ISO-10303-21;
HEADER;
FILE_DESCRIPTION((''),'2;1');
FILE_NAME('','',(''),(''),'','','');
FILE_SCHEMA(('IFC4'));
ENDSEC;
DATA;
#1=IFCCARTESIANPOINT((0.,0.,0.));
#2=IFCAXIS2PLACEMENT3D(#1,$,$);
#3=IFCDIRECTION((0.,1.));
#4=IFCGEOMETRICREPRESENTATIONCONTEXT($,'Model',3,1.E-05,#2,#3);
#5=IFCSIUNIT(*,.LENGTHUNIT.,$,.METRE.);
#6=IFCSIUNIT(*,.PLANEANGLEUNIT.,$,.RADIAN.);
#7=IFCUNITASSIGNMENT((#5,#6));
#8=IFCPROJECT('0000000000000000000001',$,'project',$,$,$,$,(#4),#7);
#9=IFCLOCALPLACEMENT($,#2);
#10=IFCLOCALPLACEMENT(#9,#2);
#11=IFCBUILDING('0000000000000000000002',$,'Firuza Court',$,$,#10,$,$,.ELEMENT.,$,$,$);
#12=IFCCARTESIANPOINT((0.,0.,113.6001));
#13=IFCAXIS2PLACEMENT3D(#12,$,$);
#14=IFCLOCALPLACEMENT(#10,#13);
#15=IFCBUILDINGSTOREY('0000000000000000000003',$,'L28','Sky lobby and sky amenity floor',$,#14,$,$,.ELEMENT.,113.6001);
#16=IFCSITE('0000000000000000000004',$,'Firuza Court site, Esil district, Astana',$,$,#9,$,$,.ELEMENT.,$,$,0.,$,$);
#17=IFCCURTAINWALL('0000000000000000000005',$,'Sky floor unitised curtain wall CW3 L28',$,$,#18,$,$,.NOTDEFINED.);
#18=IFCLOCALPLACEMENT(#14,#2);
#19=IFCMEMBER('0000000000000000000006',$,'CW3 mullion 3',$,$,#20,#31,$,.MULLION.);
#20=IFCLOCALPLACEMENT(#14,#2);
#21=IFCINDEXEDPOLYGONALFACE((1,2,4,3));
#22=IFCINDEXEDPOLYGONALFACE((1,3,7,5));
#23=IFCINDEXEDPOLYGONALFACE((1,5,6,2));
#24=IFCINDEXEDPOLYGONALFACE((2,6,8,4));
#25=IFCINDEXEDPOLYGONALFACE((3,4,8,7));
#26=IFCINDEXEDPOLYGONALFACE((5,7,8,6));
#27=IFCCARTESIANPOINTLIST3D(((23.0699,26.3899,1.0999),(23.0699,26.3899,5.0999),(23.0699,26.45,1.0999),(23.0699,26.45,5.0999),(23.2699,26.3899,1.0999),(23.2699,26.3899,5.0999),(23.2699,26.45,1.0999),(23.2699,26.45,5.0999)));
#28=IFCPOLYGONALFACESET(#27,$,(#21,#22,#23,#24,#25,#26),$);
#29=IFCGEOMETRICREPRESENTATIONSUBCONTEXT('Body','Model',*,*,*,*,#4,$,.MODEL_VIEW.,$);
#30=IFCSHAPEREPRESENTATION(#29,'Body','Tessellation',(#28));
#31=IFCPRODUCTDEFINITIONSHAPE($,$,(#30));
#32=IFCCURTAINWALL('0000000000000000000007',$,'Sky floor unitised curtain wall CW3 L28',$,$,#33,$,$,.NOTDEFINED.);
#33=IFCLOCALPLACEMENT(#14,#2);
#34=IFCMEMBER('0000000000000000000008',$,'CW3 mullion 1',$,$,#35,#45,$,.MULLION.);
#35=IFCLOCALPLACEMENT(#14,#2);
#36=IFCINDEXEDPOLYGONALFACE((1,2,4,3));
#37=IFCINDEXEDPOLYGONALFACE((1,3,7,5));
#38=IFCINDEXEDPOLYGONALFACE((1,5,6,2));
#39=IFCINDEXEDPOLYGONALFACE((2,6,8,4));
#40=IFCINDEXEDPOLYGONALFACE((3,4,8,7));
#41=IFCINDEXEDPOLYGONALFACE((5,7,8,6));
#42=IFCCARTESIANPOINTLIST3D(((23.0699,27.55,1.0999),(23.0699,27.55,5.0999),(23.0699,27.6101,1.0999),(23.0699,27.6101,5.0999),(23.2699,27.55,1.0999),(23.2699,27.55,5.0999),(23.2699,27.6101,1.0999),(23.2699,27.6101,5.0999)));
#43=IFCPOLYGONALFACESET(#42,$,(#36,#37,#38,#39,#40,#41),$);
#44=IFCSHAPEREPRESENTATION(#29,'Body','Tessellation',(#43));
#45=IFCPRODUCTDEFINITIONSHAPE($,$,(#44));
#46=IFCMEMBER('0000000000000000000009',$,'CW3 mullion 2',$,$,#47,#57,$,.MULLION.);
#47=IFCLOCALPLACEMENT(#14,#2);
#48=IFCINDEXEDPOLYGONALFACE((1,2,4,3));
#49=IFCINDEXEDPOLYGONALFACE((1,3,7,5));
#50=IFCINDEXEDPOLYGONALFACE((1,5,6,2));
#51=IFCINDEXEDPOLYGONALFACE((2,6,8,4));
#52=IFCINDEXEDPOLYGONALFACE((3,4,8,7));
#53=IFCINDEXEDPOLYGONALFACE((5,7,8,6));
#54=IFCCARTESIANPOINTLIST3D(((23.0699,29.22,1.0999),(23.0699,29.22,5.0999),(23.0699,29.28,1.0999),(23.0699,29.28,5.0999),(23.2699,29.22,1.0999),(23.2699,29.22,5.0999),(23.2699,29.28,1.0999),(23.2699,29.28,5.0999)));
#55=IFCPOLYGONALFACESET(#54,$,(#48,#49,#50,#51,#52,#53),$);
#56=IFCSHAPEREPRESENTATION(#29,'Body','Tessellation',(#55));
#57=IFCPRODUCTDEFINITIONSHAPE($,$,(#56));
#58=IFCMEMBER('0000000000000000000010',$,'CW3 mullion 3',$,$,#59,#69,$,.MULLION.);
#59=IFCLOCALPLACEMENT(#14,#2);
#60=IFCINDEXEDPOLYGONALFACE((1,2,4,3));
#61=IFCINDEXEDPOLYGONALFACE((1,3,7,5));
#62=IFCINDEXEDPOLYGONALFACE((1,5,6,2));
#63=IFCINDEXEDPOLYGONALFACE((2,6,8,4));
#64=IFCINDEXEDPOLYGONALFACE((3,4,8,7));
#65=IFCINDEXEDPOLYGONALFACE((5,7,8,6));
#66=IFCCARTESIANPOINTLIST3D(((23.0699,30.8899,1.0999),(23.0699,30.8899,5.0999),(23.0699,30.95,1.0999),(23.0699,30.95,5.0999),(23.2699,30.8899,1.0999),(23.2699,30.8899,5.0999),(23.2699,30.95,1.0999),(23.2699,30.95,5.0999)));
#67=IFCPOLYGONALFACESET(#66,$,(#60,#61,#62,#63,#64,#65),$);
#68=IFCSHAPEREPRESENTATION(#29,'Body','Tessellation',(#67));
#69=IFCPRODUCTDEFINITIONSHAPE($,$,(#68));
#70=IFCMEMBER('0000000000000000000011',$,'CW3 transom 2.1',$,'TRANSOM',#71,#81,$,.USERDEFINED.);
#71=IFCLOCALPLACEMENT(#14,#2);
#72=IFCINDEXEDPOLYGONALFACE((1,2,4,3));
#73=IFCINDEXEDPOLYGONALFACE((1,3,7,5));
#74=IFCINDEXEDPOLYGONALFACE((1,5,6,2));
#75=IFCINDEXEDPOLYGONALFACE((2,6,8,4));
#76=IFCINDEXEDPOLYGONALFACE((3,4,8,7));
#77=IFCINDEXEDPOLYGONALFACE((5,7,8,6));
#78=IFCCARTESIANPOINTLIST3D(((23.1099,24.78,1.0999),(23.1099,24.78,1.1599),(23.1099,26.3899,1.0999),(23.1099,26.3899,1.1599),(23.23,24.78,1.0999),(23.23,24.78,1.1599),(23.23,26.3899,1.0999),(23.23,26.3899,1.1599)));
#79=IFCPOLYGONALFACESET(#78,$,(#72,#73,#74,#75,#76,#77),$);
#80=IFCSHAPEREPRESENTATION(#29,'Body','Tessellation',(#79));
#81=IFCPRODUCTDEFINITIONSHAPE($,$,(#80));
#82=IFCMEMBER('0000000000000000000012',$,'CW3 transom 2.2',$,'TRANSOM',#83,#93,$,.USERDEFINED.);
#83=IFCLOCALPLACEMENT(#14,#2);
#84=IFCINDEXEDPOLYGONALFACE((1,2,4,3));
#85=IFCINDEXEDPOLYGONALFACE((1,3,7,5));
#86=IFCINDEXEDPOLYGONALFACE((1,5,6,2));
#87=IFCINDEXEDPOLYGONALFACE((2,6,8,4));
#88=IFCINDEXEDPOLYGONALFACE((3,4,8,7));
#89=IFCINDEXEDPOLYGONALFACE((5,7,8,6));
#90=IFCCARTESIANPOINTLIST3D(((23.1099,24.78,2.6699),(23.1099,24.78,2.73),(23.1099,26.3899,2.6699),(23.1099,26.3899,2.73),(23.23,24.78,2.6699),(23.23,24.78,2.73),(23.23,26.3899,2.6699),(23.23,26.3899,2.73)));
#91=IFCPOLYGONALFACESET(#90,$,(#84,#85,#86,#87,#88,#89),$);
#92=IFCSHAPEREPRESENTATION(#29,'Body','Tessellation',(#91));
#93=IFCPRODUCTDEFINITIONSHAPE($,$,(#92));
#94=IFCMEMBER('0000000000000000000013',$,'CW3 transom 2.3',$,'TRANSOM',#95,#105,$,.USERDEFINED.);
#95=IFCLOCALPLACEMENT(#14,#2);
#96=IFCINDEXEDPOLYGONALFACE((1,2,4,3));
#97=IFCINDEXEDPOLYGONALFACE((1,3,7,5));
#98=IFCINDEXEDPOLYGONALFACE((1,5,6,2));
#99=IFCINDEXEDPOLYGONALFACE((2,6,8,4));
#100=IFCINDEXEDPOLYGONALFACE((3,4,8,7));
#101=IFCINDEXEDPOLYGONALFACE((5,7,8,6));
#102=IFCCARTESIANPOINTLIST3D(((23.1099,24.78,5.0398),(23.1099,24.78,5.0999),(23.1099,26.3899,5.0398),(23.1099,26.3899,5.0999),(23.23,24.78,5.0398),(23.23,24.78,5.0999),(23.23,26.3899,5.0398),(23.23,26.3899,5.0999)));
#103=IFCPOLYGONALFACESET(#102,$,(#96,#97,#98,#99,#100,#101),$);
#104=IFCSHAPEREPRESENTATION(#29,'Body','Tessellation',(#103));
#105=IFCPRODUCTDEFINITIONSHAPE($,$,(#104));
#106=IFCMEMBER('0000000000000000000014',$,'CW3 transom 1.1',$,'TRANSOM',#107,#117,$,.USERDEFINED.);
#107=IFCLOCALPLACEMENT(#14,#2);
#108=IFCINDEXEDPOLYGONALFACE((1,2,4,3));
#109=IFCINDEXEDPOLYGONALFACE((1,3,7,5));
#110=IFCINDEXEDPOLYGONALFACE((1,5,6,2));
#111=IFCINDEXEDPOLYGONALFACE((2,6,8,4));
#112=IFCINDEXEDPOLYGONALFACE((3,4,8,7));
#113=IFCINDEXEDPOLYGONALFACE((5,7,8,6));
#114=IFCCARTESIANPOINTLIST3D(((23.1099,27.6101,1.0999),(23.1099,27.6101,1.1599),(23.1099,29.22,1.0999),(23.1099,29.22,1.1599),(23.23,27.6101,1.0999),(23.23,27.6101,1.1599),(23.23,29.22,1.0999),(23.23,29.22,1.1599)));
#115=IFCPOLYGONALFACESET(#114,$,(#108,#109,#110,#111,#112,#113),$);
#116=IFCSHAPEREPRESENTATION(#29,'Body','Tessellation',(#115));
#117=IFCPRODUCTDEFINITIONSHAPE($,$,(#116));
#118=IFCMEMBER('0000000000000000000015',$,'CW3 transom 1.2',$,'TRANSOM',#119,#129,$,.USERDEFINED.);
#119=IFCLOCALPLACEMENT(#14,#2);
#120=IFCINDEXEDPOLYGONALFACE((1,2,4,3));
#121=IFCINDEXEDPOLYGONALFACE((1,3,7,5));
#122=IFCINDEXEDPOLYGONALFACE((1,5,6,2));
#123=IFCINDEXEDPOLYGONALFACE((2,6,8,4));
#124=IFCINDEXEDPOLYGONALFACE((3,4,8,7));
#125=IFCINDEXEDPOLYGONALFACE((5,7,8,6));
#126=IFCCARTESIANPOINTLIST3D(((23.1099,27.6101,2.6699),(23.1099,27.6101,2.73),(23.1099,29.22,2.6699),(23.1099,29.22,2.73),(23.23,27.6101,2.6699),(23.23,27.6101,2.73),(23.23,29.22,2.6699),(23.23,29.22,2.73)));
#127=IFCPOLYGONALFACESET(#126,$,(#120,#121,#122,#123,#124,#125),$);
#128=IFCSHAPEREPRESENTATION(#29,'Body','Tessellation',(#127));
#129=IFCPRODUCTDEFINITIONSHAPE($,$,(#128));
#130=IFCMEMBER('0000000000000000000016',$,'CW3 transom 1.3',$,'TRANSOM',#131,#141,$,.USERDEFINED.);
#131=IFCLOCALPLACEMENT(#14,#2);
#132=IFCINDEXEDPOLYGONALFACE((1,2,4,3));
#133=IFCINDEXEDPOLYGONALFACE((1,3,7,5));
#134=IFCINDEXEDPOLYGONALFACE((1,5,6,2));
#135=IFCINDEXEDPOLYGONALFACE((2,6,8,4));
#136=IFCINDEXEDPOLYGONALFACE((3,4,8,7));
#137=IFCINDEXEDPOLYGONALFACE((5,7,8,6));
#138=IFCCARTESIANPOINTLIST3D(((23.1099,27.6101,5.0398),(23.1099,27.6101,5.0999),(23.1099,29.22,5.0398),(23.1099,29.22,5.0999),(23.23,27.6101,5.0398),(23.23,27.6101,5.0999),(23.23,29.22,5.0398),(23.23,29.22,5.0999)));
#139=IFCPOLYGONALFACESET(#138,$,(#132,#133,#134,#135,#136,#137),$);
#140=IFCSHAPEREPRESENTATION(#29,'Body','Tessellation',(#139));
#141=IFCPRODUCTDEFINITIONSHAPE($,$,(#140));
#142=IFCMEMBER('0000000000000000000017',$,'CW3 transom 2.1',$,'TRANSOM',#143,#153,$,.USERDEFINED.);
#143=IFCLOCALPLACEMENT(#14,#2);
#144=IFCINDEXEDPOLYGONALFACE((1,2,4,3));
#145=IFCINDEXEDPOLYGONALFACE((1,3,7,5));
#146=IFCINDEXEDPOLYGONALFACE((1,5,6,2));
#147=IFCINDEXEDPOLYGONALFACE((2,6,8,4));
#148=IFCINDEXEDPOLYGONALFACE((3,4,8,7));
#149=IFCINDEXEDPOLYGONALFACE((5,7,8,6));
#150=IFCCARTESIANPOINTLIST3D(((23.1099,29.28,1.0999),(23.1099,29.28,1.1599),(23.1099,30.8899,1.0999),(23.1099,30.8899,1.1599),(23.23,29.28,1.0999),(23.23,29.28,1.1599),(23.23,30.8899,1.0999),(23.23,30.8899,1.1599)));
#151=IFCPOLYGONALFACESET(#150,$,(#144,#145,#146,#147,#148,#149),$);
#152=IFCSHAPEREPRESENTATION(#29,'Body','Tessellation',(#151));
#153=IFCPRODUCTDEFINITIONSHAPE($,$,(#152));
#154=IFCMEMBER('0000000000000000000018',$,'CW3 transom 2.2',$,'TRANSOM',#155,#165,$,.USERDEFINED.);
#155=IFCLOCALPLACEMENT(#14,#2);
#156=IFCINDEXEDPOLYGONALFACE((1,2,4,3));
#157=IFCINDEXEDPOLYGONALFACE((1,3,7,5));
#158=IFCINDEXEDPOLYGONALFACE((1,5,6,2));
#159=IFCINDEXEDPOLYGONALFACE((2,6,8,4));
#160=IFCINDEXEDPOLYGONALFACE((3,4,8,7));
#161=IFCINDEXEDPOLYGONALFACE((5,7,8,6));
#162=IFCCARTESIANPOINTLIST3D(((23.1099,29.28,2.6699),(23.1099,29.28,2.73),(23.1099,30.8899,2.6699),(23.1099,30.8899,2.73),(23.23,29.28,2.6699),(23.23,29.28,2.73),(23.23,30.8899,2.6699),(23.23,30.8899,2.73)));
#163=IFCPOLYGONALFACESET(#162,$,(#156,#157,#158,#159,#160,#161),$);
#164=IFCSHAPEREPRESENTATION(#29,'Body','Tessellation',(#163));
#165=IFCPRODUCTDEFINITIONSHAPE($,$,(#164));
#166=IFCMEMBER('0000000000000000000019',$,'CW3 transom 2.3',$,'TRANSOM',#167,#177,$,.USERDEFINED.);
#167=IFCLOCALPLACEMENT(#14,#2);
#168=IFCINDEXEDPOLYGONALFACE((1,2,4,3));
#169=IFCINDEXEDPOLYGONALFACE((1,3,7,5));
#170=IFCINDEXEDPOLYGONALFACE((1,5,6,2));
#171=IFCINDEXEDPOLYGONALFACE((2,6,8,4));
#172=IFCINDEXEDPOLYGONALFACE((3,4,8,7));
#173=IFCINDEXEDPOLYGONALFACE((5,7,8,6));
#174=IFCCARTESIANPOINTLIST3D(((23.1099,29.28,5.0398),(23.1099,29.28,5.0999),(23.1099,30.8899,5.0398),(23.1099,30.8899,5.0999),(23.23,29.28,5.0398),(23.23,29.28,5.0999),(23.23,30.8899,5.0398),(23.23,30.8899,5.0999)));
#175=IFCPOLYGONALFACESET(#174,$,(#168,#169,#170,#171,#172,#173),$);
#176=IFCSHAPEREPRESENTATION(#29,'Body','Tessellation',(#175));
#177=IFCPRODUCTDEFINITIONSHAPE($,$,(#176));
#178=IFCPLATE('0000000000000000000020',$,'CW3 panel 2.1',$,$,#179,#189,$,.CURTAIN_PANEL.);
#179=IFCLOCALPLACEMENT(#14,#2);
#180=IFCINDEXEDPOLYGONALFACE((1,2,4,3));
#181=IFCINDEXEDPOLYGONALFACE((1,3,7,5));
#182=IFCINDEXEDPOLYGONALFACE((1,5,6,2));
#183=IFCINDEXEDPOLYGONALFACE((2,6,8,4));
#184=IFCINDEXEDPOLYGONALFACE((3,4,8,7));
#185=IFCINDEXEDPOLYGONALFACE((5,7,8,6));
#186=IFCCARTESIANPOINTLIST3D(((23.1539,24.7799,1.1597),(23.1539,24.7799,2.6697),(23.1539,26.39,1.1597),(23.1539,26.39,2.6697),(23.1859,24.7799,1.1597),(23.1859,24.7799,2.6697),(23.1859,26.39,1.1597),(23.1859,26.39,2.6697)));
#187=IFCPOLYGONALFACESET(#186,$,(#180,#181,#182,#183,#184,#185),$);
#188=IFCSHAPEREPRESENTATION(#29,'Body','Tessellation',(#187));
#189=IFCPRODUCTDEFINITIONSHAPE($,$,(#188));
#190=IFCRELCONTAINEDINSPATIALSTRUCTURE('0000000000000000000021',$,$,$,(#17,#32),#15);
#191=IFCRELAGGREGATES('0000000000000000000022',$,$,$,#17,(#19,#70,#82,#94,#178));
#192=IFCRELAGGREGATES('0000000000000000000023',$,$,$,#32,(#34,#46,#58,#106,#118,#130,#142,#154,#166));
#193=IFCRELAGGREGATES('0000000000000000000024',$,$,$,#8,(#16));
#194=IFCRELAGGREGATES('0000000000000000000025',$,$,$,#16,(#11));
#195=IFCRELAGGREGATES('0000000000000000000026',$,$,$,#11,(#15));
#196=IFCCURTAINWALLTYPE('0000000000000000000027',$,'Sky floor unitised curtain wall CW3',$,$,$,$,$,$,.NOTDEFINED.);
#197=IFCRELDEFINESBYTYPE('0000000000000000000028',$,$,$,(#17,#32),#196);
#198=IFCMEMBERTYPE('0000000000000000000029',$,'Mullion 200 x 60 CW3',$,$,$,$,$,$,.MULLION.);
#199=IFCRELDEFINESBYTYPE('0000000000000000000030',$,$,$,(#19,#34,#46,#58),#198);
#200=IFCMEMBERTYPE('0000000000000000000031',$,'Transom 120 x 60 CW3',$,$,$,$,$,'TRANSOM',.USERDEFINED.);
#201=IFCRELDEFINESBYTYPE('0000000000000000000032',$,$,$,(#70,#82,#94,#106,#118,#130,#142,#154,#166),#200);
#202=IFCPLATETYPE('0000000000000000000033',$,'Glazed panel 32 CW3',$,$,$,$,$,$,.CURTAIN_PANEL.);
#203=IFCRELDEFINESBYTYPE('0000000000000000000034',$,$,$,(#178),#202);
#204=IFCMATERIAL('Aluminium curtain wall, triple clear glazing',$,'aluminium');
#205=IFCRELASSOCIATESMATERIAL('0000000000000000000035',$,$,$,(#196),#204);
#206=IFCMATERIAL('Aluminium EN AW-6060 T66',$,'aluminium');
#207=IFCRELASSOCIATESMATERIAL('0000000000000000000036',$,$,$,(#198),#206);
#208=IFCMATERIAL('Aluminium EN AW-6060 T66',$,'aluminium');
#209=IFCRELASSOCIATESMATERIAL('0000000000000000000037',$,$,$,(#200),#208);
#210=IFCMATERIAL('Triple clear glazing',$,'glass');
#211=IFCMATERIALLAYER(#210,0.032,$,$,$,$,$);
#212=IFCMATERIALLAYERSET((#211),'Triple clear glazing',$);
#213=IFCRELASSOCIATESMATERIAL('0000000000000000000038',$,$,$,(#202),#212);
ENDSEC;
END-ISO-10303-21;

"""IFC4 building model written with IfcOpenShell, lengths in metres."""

from ifc_helpers import new_model, si_unit, direction, frame, origin, origin_2d, place, context, subcontext, project, spatial, rectangle, extrude, material, layer, layer_set, material_profile, profile_set, type_object, element, aggregate, save


model = new_model("IFC4")

# Units and contexts
model_context = context("Model", 3, precision=1e-05, world=origin(), true_north=direction((0.0, 1.0)))
body_context = subcontext(model_context, "Body", "Model", "MODEL_VIEW")
ifc_project = project(units=[si_unit("LENGTHUNIT", "METRE"), si_unit("PLANEANGLEUNIT", "RADIAN")], contexts=[model_context])

# Site, building, storey
site_placement = place(None, origin())
site = spatial("IfcSite", under=ifc_project, at=site_placement, Name="Firuza Court site, Esil district, Astana", CompositionType="ELEMENT", RefElevation=0.0)
building_placement = place(site_placement, origin())
building = spatial("IfcBuilding", under=site, at=building_placement, Name="Firuza Court", CompositionType="ELEMENT")
storey_placement = place(building_placement, frame((0.0, 0.0, 113.6001)))
storey = spatial("IfcBuildingStorey", under=building, at=storey_placement, Name="L28", Description="Sky lobby and sky amenity floor", CompositionType="ELEMENT", Elevation=113.6001)

# Curtain wall, member
ifc_material_1 = material(Name="Aluminium curtain wall, triple clear glazing", Category="aluminium")
curtain_wall_type = type_object("IfcCurtainWallType", Name="Sky floor unitised curtain wall CW3", PredefinedType="NOTDEFINED", material=ifc_material_1)
curtain_wall_1_placement = place(storey_placement, origin())
curtain_wall_1 = element("IfcCurtainWall", 1, at=curtain_wall_1_placement, inside=storey, type_object=curtain_wall_type, Name="Sky floor unitised curtain wall CW3 L28", PredefinedType="NOTDEFINED")
ifc_material_2 = material(Name="Aluminium EN AW-6060 T66", Category="aluminium")
ifc_material_profile_1 = material_profile(ifc_material_2, rectangle(XDim=0.2, YDim=0.0601, at=origin_2d()), Name="Mullion 200 x 60 CW3")
ifc_profile_set_1 = profile_set([ifc_material_profile_1], Name="Aluminium EN AW-6060 T66")
member_type_1 = type_object("IfcMemberType", Name="Mullion 200 x 60 CW3", PredefinedType="MULLION", material=ifc_profile_set_1)
member_1_placement = place(storey_placement, frame((23.1699, 26.4199, 1.0999), z_axis=(0.0, 0.0, 1.0), x_axis=(-1.0, 0.0, 0.0)))
member_1 = element("IfcMember", 2, at=member_1_placement, type_object=member_type_1, Name="CW3 mullion 3", PredefinedType="MULLION", context=body_context, shape_type="SweptSolid", body=[
    extrude(rectangle(XDim=0.2, YDim=0.0601, at=origin_2d()), origin(), (0.0, 0.0, 1.0), 4.0),
])

# Curtain wall, members
curtain_wall_2_placement = place(storey_placement, origin())
curtain_wall_2 = element("IfcCurtainWall", 3, at=curtain_wall_2_placement, inside=storey, type_object=curtain_wall_type, Name="Sky floor unitised curtain wall CW3 L28", PredefinedType="NOTDEFINED")
member_2_placement = place(storey_placement, frame((23.1699, 27.5801, 1.0999), z_axis=(0.0, 0.0, 1.0), x_axis=(-1.0, 0.0, 0.0)))
member_2 = element("IfcMember", 4, at=member_2_placement, type_object=member_type_1, Name="CW3 mullion 1", PredefinedType="MULLION", context=body_context, shape_type="SweptSolid", body=[
    extrude(rectangle(XDim=0.2, YDim=0.0601, at=origin_2d()), origin(), (0.0, 0.0, 1.0), 4.0),
])
member_3_placement = place(storey_placement, frame((23.1699, 29.25, 1.0999), z_axis=(0.0, 0.0, 1.0), x_axis=(-1.0, 0.0, 0.0)))
member_3 = element("IfcMember", 5, at=member_3_placement, type_object=member_type_1, Name="CW3 mullion 2", PredefinedType="MULLION", context=body_context, shape_type="SweptSolid", body=[
    extrude(rectangle(XDim=0.2, YDim=0.0601, at=origin_2d()), origin(), (0.0, 0.0, 1.0), 4.0),
])
member_4_placement = place(storey_placement, frame((23.1699, 30.9199, 1.0999), z_axis=(0.0, 0.0, 1.0), x_axis=(-1.0, 0.0, 0.0)))
member_4 = element("IfcMember", 6, at=member_4_placement, type_object=member_type_1, Name="CW3 mullion 3", PredefinedType="MULLION", context=body_context, shape_type="SweptSolid", body=[
    extrude(rectangle(XDim=0.2, YDim=0.0601, at=origin_2d()), origin(), (0.0, 0.0, 1.0), 4.0),
])

# Members
ifc_material_3 = material(Name="Aluminium EN AW-6060 T66", Category="aluminium")
ifc_material_profile_2 = material_profile(ifc_material_3, rectangle(XDim=0.1201, YDim=0.0601, at=origin_2d()), Name="Transom 120 x 60 CW3")
ifc_profile_set_2 = profile_set([ifc_material_profile_2], Name="Aluminium EN AW-6060 T66")
member_type_2 = type_object("IfcMemberType", Name="Transom 120 x 60 CW3", ElementType="TRANSOM", PredefinedType="USERDEFINED", material=ifc_profile_set_2)
member_5_placement = place(storey_placement, frame((23.1699, 24.78, 1.1299), z_axis=(0.0, 1.0, 0.0), x_axis=(-1.0, 0.0, 0.0)))
member_5 = element("IfcMember", 7, at=member_5_placement, type_object=member_type_2, Name="CW3 transom 2.1", ObjectType="TRANSOM", PredefinedType="USERDEFINED", context=body_context, shape_type="SweptSolid", body=[
    extrude(rectangle(XDim=0.1201, YDim=0.0601, at=origin_2d()), origin(), (0.0, 0.0, 1.0), 1.6099),
])
member_6_placement = place(storey_placement, frame((23.1699, 24.78, 2.7), z_axis=(0.0, 1.0, 0.0), x_axis=(-1.0, 0.0, 0.0)))
member_6 = element("IfcMember", 8, at=member_6_placement, type_object=member_type_2, Name="CW3 transom 2.2", ObjectType="TRANSOM", PredefinedType="USERDEFINED", context=body_context, shape_type="SweptSolid", body=[
    extrude(rectangle(XDim=0.1201, YDim=0.0601, at=origin_2d()), origin(), (0.0, 0.0, 1.0), 1.6099),
])
member_7_placement = place(storey_placement, frame((23.1699, 24.78, 5.0698), z_axis=(0.0, 1.0, 0.0), x_axis=(-1.0, 0.0, 0.0)))
member_7 = element("IfcMember", 9, at=member_7_placement, type_object=member_type_2, Name="CW3 transom 2.3", ObjectType="TRANSOM", PredefinedType="USERDEFINED", context=body_context, shape_type="SweptSolid", body=[
    extrude(rectangle(XDim=0.1201, YDim=0.0601, at=origin_2d()), origin(), (0.0, 0.0, 1.0), 1.6099),
])
member_8_placement = place(storey_placement, frame((23.1699, 27.6101, 1.1299), z_axis=(0.0, 1.0, 0.0), x_axis=(-1.0, 0.0, 0.0)))
member_8 = element("IfcMember", 10, at=member_8_placement, type_object=member_type_2, Name="CW3 transom 1.1", ObjectType="TRANSOM", PredefinedType="USERDEFINED", context=body_context, shape_type="SweptSolid", body=[
    extrude(rectangle(XDim=0.1201, YDim=0.0601, at=origin_2d()), origin(), (0.0, 0.0, 1.0), 1.6099),
])
member_9_placement = place(storey_placement, frame((23.1699, 27.6101, 2.7), z_axis=(0.0, 1.0, 0.0), x_axis=(-1.0, 0.0, 0.0)))
member_9 = element("IfcMember", 11, at=member_9_placement, type_object=member_type_2, Name="CW3 transom 1.2", ObjectType="TRANSOM", PredefinedType="USERDEFINED", context=body_context, shape_type="SweptSolid", body=[
    extrude(rectangle(XDim=0.1201, YDim=0.0601, at=origin_2d()), origin(), (0.0, 0.0, 1.0), 1.6099),
])
member_10_placement = place(storey_placement, frame((23.1699, 27.6101, 5.0698), z_axis=(0.0, 1.0, 0.0), x_axis=(-1.0, 0.0, 0.0)))
member_10 = element("IfcMember", 12, at=member_10_placement, type_object=member_type_2, Name="CW3 transom 1.3", ObjectType="TRANSOM", PredefinedType="USERDEFINED", context=body_context, shape_type="SweptSolid", body=[
    extrude(rectangle(XDim=0.1201, YDim=0.0601, at=origin_2d()), origin(), (0.0, 0.0, 1.0), 1.6099),
])
member_11_placement = place(storey_placement, frame((23.1699, 29.28, 1.1299), z_axis=(0.0, 1.0, 0.0), x_axis=(-1.0, 0.0, 0.0)))
member_11 = element("IfcMember", 13, at=member_11_placement, type_object=member_type_2, Name="CW3 transom 2.1", ObjectType="TRANSOM", PredefinedType="USERDEFINED", context=body_context, shape_type="SweptSolid", body=[
    extrude(rectangle(XDim=0.1201, YDim=0.0601, at=origin_2d()), origin(), (0.0, 0.0, 1.0), 1.6099),
])
member_12_placement = place(storey_placement, frame((23.1699, 29.28, 2.7), z_axis=(0.0, 1.0, 0.0), x_axis=(-1.0, 0.0, 0.0)))
member_12 = element("IfcMember", 14, at=member_12_placement, type_object=member_type_2, Name="CW3 transom 2.2", ObjectType="TRANSOM", PredefinedType="USERDEFINED", context=body_context, shape_type="SweptSolid", body=[
    extrude(rectangle(XDim=0.1201, YDim=0.0601, at=origin_2d()), origin(), (0.0, 0.0, 1.0), 1.6099),
])
member_13_placement = place(storey_placement, frame((23.1699, 29.28, 5.0698), z_axis=(0.0, 1.0, 0.0), x_axis=(-1.0, 0.0, 0.0)))
member_13 = element("IfcMember", 15, at=member_13_placement, type_object=member_type_2, Name="CW3 transom 2.3", ObjectType="TRANSOM", PredefinedType="USERDEFINED", context=body_context, shape_type="SweptSolid", body=[
    extrude(rectangle(XDim=0.1201, YDim=0.0601, at=origin_2d()), origin(), (0.0, 0.0, 1.0), 1.6099),
])

# Plate
ifc_material_4 = material(Name="Triple clear glazing", Category="glass")
ifc_layer_1 = layer(ifc_material_4, 0.032)
ifc_layer_set_1 = layer_set([ifc_layer_1], Name="Triple clear glazing")
plate_type = type_object("IfcPlateType", Name="Glazed panel 32 CW3", PredefinedType="CURTAIN_PANEL", material=ifc_layer_set_1)
plate_1_placement = place(storey_placement, frame((23.1699, 25.585, 1.1597), z_axis=(0.0, 0.0, 1.0), x_axis=(0.0, 1.0, 0.0)))
plate_1 = element("IfcPlate", 16, at=plate_1_placement, type_object=plate_type, Name="CW3 panel 2.1", PredefinedType="CURTAIN_PANEL", context=body_context, shape_type="SweptSolid", body=[
    extrude(rectangle(XDim=1.6101, YDim=0.032, at=origin_2d()), origin(), (0.0, 0.0, 1.0), 1.51),
])
aggregate(curtain_wall_1, [member_1, member_5, member_6, member_7, plate_1])
aggregate(curtain_wall_2, [member_2, member_3, member_4, member_8, member_9, member_10, member_11, member_12, member_13])

save(model, "model.ifc")
